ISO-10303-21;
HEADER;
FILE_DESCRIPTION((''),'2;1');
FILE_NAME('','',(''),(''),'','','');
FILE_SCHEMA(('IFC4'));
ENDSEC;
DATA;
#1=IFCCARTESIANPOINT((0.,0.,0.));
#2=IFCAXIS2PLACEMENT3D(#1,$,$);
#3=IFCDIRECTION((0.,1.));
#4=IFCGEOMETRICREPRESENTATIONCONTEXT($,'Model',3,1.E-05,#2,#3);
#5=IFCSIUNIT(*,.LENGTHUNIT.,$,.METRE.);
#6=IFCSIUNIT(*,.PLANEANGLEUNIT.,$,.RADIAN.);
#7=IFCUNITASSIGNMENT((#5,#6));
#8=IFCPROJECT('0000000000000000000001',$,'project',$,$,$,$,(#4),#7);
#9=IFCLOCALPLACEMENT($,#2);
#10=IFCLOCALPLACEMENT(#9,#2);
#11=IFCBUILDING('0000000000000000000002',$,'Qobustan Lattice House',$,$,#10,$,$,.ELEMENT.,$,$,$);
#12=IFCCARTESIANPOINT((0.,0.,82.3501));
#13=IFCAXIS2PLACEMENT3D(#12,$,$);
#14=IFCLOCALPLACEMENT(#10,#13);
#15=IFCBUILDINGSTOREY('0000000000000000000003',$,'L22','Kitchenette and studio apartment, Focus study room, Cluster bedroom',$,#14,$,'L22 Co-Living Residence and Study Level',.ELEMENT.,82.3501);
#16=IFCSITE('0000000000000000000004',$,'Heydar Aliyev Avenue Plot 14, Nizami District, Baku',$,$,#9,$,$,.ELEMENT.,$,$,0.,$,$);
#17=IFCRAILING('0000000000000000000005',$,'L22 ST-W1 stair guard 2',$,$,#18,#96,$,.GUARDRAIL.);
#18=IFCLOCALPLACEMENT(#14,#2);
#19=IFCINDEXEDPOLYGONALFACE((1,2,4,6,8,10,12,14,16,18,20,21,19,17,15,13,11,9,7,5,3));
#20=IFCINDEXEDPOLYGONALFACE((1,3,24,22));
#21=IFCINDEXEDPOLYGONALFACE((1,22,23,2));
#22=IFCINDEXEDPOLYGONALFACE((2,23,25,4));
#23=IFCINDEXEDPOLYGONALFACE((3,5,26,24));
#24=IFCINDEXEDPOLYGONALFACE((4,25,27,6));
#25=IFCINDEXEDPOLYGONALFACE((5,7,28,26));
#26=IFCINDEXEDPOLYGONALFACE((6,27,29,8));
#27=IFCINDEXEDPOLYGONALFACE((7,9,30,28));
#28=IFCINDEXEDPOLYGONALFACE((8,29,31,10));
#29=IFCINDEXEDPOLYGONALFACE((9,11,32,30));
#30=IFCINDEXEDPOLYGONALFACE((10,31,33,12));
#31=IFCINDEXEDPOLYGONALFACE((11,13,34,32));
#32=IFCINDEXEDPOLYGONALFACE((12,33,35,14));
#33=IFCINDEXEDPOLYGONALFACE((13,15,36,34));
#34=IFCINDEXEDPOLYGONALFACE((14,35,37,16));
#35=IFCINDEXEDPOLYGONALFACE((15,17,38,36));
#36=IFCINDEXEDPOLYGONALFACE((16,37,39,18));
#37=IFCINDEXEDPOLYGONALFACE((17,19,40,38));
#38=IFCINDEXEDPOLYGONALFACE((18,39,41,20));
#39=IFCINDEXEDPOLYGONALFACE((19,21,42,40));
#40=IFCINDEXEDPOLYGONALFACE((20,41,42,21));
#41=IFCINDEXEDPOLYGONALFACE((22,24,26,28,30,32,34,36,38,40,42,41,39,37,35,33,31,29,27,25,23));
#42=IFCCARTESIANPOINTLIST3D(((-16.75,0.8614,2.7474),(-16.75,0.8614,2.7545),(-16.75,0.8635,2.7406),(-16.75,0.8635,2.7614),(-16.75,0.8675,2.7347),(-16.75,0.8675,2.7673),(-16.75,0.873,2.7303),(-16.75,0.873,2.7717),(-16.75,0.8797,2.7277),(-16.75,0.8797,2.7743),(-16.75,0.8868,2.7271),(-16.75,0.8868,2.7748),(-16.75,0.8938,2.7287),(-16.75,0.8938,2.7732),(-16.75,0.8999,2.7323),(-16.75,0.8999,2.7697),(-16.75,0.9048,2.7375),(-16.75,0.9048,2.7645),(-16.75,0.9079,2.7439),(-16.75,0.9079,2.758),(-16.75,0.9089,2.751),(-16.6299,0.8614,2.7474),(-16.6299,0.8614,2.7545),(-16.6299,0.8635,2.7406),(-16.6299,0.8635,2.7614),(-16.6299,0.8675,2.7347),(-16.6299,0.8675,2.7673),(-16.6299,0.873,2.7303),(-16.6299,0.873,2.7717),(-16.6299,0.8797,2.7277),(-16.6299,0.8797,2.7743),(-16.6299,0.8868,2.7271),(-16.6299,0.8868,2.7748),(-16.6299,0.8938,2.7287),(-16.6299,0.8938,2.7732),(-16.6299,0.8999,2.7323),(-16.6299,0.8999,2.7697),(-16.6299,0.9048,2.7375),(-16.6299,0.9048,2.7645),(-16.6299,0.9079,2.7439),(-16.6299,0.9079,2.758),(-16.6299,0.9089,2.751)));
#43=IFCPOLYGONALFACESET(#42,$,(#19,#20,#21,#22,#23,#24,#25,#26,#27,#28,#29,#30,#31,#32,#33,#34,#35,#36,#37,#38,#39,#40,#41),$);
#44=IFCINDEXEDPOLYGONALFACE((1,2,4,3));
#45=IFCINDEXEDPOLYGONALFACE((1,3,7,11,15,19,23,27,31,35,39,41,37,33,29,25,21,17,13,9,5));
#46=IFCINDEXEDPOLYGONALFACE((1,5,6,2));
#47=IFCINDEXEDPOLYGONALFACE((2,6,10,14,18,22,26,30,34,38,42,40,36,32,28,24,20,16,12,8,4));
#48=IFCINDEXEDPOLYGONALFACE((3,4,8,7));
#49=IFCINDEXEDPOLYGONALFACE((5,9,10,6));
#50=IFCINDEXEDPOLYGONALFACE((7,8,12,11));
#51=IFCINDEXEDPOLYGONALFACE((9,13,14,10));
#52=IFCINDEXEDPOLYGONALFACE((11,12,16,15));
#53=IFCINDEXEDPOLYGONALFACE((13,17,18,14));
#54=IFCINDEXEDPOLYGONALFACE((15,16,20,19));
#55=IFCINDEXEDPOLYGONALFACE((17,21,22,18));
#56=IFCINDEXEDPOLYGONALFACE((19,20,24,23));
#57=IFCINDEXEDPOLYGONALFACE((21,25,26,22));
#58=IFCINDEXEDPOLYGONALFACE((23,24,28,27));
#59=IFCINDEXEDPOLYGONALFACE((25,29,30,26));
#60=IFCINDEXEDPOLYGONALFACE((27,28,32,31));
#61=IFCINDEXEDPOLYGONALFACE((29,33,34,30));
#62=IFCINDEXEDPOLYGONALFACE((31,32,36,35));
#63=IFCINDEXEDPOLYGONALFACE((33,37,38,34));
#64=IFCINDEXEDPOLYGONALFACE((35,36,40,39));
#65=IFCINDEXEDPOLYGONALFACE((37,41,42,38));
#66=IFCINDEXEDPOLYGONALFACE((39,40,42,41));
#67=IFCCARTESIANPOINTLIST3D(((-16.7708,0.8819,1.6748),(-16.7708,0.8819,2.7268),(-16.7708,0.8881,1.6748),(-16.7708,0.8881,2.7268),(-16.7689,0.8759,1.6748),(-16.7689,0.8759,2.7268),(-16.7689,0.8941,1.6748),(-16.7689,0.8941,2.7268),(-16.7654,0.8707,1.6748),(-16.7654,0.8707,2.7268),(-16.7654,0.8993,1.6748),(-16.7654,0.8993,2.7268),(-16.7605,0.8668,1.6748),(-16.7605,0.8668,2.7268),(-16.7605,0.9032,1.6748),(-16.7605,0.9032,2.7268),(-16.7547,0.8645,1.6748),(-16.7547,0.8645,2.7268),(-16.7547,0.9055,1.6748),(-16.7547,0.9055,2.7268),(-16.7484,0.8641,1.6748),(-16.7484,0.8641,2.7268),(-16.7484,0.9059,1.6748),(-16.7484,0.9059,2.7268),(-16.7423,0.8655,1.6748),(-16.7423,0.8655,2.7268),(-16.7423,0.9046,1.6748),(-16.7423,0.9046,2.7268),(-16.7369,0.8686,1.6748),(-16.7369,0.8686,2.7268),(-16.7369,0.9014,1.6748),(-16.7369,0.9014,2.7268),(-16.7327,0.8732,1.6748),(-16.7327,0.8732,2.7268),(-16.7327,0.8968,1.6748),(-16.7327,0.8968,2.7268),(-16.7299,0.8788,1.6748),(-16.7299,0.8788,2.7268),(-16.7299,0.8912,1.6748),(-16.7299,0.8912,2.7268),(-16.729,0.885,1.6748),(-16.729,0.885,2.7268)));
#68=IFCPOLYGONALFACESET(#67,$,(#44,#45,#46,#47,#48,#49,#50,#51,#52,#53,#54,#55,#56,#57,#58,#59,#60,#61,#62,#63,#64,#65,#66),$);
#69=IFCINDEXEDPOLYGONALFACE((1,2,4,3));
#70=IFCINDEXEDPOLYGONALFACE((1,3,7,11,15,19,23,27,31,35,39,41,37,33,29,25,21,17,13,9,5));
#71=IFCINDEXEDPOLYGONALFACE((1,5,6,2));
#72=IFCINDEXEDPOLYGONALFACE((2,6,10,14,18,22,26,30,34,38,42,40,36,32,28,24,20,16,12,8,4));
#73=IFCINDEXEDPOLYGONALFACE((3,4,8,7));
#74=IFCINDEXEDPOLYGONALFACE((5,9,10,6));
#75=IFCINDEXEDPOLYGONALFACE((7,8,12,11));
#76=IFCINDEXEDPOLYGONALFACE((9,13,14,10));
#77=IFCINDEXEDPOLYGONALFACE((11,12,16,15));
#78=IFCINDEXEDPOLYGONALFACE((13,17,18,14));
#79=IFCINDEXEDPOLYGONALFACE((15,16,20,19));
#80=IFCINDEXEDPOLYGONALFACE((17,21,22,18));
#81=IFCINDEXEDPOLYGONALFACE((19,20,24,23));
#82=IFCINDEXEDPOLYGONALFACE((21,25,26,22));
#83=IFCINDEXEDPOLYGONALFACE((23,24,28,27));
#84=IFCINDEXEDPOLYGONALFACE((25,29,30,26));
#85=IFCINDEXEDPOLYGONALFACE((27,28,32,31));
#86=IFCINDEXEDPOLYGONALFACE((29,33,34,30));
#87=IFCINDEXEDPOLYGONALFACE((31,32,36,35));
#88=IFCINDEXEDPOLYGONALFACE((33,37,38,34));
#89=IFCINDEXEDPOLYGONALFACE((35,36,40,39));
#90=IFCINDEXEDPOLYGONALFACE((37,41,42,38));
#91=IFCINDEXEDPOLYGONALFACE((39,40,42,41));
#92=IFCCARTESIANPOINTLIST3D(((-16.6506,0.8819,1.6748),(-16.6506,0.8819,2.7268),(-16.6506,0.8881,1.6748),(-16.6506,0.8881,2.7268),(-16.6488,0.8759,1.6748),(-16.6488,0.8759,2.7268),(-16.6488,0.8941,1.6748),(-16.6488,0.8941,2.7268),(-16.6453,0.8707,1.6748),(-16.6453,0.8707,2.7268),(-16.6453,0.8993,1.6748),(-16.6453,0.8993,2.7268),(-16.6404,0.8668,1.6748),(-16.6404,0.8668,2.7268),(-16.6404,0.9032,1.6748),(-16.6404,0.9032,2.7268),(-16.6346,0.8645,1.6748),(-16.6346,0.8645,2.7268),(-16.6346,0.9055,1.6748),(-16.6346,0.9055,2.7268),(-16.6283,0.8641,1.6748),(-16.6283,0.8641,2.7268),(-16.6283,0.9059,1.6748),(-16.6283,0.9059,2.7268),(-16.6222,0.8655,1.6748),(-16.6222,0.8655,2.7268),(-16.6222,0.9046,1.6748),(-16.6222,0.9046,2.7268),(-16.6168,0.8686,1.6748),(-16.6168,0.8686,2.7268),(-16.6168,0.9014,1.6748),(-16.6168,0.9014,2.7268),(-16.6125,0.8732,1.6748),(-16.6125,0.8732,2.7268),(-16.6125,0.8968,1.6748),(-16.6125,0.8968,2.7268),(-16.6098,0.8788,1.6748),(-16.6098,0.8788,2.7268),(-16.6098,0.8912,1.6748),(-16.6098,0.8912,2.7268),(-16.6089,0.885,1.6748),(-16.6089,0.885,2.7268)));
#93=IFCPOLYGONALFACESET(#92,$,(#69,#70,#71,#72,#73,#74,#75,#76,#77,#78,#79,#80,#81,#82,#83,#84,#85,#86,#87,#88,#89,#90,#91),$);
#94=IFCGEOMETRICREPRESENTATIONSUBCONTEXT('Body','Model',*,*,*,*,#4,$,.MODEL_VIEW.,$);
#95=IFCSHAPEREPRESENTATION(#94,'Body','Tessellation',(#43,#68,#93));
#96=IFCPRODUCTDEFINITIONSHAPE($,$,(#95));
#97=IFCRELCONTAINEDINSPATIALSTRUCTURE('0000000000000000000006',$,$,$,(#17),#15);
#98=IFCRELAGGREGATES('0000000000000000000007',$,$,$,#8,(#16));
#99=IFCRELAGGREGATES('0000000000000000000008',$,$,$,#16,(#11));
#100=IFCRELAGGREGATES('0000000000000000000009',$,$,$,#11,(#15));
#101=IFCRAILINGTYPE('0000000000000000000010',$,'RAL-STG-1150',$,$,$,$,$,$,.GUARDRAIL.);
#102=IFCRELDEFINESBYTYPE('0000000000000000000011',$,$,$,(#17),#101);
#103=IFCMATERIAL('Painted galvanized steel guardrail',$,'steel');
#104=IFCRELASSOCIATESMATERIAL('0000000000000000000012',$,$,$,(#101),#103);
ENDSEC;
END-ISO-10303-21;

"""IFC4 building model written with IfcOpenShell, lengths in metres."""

from ifc_helpers import new_model, si_unit, direction, frame, origin, origin_2d, place, context, subcontext, project, spatial, circle, extrude, material, type_object, element, save


model = new_model("IFC4")

# Units and contexts
model_context = context("Model", 3, precision=1e-05, world=origin(), true_north=direction((0.0, 1.0)))
body_context = subcontext(model_context, "Body", "Model", "MODEL_VIEW")
ifc_project = project(units=[si_unit("LENGTHUNIT", "METRE"), si_unit("PLANEANGLEUNIT", "RADIAN")], contexts=[model_context])

# Site, building, storey
site_placement = place(None, origin())
site = spatial("IfcSite", under=ifc_project, at=site_placement, Name="Heydar Aliyev Avenue Plot 14, Nizami District, Baku", CompositionType="ELEMENT", RefElevation=0.0)
building_placement = place(site_placement, origin())
building = spatial("IfcBuilding", under=site, at=building_placement, Name="Qobustan Lattice House", CompositionType="ELEMENT")
storey_placement = place(building_placement, frame((0.0, 0.0, 82.3501)))
storey = spatial("IfcBuildingStorey", under=building, at=storey_placement, Name="L22", Description="Kitchenette and studio apartment, Focus study room, Cluster bedroom", LongName="L22 Co-Living Residence and Study Level", CompositionType="ELEMENT", Elevation=82.3501)

# Railing
ifc_material_1 = material(Name="Painted galvanized steel guardrail", Category="steel")
railing_type = type_object("IfcRailingType", Name="RAL-STG-1150", PredefinedType="GUARDRAIL", material=ifc_material_1)
railing_1_placement = place(storey_placement, frame((-16.75, 0.885, 1.6748)))
element("IfcRailing", 1, at=railing_1_placement, inside=storey, type_object=railing_type, Name="L22 ST-W1 stair guard 2", PredefinedType="GUARDRAIL", context=body_context, shape_type="SweptSolid", body=[
    extrude(circle(Radius=0.0239, at=origin_2d()), frame((0.0, 0.0, 1.0762), z_axis=(1.0, 0.0, 0.0), x_axis=(0.0, 1.0, 0.0)), (0.0, 0.0, 1.0), 0.1201),
    extrude(circle(Radius=0.021, at=origin_2d()), origin(), (0.0, 0.0, 1.0), 1.052),
    extrude(circle(Radius=0.021, at=origin_2d()), frame((0.1201, 0.0, 0.0)), (0.0, 0.0, 1.0), 1.052),
])

save(model, "model.ifc")
